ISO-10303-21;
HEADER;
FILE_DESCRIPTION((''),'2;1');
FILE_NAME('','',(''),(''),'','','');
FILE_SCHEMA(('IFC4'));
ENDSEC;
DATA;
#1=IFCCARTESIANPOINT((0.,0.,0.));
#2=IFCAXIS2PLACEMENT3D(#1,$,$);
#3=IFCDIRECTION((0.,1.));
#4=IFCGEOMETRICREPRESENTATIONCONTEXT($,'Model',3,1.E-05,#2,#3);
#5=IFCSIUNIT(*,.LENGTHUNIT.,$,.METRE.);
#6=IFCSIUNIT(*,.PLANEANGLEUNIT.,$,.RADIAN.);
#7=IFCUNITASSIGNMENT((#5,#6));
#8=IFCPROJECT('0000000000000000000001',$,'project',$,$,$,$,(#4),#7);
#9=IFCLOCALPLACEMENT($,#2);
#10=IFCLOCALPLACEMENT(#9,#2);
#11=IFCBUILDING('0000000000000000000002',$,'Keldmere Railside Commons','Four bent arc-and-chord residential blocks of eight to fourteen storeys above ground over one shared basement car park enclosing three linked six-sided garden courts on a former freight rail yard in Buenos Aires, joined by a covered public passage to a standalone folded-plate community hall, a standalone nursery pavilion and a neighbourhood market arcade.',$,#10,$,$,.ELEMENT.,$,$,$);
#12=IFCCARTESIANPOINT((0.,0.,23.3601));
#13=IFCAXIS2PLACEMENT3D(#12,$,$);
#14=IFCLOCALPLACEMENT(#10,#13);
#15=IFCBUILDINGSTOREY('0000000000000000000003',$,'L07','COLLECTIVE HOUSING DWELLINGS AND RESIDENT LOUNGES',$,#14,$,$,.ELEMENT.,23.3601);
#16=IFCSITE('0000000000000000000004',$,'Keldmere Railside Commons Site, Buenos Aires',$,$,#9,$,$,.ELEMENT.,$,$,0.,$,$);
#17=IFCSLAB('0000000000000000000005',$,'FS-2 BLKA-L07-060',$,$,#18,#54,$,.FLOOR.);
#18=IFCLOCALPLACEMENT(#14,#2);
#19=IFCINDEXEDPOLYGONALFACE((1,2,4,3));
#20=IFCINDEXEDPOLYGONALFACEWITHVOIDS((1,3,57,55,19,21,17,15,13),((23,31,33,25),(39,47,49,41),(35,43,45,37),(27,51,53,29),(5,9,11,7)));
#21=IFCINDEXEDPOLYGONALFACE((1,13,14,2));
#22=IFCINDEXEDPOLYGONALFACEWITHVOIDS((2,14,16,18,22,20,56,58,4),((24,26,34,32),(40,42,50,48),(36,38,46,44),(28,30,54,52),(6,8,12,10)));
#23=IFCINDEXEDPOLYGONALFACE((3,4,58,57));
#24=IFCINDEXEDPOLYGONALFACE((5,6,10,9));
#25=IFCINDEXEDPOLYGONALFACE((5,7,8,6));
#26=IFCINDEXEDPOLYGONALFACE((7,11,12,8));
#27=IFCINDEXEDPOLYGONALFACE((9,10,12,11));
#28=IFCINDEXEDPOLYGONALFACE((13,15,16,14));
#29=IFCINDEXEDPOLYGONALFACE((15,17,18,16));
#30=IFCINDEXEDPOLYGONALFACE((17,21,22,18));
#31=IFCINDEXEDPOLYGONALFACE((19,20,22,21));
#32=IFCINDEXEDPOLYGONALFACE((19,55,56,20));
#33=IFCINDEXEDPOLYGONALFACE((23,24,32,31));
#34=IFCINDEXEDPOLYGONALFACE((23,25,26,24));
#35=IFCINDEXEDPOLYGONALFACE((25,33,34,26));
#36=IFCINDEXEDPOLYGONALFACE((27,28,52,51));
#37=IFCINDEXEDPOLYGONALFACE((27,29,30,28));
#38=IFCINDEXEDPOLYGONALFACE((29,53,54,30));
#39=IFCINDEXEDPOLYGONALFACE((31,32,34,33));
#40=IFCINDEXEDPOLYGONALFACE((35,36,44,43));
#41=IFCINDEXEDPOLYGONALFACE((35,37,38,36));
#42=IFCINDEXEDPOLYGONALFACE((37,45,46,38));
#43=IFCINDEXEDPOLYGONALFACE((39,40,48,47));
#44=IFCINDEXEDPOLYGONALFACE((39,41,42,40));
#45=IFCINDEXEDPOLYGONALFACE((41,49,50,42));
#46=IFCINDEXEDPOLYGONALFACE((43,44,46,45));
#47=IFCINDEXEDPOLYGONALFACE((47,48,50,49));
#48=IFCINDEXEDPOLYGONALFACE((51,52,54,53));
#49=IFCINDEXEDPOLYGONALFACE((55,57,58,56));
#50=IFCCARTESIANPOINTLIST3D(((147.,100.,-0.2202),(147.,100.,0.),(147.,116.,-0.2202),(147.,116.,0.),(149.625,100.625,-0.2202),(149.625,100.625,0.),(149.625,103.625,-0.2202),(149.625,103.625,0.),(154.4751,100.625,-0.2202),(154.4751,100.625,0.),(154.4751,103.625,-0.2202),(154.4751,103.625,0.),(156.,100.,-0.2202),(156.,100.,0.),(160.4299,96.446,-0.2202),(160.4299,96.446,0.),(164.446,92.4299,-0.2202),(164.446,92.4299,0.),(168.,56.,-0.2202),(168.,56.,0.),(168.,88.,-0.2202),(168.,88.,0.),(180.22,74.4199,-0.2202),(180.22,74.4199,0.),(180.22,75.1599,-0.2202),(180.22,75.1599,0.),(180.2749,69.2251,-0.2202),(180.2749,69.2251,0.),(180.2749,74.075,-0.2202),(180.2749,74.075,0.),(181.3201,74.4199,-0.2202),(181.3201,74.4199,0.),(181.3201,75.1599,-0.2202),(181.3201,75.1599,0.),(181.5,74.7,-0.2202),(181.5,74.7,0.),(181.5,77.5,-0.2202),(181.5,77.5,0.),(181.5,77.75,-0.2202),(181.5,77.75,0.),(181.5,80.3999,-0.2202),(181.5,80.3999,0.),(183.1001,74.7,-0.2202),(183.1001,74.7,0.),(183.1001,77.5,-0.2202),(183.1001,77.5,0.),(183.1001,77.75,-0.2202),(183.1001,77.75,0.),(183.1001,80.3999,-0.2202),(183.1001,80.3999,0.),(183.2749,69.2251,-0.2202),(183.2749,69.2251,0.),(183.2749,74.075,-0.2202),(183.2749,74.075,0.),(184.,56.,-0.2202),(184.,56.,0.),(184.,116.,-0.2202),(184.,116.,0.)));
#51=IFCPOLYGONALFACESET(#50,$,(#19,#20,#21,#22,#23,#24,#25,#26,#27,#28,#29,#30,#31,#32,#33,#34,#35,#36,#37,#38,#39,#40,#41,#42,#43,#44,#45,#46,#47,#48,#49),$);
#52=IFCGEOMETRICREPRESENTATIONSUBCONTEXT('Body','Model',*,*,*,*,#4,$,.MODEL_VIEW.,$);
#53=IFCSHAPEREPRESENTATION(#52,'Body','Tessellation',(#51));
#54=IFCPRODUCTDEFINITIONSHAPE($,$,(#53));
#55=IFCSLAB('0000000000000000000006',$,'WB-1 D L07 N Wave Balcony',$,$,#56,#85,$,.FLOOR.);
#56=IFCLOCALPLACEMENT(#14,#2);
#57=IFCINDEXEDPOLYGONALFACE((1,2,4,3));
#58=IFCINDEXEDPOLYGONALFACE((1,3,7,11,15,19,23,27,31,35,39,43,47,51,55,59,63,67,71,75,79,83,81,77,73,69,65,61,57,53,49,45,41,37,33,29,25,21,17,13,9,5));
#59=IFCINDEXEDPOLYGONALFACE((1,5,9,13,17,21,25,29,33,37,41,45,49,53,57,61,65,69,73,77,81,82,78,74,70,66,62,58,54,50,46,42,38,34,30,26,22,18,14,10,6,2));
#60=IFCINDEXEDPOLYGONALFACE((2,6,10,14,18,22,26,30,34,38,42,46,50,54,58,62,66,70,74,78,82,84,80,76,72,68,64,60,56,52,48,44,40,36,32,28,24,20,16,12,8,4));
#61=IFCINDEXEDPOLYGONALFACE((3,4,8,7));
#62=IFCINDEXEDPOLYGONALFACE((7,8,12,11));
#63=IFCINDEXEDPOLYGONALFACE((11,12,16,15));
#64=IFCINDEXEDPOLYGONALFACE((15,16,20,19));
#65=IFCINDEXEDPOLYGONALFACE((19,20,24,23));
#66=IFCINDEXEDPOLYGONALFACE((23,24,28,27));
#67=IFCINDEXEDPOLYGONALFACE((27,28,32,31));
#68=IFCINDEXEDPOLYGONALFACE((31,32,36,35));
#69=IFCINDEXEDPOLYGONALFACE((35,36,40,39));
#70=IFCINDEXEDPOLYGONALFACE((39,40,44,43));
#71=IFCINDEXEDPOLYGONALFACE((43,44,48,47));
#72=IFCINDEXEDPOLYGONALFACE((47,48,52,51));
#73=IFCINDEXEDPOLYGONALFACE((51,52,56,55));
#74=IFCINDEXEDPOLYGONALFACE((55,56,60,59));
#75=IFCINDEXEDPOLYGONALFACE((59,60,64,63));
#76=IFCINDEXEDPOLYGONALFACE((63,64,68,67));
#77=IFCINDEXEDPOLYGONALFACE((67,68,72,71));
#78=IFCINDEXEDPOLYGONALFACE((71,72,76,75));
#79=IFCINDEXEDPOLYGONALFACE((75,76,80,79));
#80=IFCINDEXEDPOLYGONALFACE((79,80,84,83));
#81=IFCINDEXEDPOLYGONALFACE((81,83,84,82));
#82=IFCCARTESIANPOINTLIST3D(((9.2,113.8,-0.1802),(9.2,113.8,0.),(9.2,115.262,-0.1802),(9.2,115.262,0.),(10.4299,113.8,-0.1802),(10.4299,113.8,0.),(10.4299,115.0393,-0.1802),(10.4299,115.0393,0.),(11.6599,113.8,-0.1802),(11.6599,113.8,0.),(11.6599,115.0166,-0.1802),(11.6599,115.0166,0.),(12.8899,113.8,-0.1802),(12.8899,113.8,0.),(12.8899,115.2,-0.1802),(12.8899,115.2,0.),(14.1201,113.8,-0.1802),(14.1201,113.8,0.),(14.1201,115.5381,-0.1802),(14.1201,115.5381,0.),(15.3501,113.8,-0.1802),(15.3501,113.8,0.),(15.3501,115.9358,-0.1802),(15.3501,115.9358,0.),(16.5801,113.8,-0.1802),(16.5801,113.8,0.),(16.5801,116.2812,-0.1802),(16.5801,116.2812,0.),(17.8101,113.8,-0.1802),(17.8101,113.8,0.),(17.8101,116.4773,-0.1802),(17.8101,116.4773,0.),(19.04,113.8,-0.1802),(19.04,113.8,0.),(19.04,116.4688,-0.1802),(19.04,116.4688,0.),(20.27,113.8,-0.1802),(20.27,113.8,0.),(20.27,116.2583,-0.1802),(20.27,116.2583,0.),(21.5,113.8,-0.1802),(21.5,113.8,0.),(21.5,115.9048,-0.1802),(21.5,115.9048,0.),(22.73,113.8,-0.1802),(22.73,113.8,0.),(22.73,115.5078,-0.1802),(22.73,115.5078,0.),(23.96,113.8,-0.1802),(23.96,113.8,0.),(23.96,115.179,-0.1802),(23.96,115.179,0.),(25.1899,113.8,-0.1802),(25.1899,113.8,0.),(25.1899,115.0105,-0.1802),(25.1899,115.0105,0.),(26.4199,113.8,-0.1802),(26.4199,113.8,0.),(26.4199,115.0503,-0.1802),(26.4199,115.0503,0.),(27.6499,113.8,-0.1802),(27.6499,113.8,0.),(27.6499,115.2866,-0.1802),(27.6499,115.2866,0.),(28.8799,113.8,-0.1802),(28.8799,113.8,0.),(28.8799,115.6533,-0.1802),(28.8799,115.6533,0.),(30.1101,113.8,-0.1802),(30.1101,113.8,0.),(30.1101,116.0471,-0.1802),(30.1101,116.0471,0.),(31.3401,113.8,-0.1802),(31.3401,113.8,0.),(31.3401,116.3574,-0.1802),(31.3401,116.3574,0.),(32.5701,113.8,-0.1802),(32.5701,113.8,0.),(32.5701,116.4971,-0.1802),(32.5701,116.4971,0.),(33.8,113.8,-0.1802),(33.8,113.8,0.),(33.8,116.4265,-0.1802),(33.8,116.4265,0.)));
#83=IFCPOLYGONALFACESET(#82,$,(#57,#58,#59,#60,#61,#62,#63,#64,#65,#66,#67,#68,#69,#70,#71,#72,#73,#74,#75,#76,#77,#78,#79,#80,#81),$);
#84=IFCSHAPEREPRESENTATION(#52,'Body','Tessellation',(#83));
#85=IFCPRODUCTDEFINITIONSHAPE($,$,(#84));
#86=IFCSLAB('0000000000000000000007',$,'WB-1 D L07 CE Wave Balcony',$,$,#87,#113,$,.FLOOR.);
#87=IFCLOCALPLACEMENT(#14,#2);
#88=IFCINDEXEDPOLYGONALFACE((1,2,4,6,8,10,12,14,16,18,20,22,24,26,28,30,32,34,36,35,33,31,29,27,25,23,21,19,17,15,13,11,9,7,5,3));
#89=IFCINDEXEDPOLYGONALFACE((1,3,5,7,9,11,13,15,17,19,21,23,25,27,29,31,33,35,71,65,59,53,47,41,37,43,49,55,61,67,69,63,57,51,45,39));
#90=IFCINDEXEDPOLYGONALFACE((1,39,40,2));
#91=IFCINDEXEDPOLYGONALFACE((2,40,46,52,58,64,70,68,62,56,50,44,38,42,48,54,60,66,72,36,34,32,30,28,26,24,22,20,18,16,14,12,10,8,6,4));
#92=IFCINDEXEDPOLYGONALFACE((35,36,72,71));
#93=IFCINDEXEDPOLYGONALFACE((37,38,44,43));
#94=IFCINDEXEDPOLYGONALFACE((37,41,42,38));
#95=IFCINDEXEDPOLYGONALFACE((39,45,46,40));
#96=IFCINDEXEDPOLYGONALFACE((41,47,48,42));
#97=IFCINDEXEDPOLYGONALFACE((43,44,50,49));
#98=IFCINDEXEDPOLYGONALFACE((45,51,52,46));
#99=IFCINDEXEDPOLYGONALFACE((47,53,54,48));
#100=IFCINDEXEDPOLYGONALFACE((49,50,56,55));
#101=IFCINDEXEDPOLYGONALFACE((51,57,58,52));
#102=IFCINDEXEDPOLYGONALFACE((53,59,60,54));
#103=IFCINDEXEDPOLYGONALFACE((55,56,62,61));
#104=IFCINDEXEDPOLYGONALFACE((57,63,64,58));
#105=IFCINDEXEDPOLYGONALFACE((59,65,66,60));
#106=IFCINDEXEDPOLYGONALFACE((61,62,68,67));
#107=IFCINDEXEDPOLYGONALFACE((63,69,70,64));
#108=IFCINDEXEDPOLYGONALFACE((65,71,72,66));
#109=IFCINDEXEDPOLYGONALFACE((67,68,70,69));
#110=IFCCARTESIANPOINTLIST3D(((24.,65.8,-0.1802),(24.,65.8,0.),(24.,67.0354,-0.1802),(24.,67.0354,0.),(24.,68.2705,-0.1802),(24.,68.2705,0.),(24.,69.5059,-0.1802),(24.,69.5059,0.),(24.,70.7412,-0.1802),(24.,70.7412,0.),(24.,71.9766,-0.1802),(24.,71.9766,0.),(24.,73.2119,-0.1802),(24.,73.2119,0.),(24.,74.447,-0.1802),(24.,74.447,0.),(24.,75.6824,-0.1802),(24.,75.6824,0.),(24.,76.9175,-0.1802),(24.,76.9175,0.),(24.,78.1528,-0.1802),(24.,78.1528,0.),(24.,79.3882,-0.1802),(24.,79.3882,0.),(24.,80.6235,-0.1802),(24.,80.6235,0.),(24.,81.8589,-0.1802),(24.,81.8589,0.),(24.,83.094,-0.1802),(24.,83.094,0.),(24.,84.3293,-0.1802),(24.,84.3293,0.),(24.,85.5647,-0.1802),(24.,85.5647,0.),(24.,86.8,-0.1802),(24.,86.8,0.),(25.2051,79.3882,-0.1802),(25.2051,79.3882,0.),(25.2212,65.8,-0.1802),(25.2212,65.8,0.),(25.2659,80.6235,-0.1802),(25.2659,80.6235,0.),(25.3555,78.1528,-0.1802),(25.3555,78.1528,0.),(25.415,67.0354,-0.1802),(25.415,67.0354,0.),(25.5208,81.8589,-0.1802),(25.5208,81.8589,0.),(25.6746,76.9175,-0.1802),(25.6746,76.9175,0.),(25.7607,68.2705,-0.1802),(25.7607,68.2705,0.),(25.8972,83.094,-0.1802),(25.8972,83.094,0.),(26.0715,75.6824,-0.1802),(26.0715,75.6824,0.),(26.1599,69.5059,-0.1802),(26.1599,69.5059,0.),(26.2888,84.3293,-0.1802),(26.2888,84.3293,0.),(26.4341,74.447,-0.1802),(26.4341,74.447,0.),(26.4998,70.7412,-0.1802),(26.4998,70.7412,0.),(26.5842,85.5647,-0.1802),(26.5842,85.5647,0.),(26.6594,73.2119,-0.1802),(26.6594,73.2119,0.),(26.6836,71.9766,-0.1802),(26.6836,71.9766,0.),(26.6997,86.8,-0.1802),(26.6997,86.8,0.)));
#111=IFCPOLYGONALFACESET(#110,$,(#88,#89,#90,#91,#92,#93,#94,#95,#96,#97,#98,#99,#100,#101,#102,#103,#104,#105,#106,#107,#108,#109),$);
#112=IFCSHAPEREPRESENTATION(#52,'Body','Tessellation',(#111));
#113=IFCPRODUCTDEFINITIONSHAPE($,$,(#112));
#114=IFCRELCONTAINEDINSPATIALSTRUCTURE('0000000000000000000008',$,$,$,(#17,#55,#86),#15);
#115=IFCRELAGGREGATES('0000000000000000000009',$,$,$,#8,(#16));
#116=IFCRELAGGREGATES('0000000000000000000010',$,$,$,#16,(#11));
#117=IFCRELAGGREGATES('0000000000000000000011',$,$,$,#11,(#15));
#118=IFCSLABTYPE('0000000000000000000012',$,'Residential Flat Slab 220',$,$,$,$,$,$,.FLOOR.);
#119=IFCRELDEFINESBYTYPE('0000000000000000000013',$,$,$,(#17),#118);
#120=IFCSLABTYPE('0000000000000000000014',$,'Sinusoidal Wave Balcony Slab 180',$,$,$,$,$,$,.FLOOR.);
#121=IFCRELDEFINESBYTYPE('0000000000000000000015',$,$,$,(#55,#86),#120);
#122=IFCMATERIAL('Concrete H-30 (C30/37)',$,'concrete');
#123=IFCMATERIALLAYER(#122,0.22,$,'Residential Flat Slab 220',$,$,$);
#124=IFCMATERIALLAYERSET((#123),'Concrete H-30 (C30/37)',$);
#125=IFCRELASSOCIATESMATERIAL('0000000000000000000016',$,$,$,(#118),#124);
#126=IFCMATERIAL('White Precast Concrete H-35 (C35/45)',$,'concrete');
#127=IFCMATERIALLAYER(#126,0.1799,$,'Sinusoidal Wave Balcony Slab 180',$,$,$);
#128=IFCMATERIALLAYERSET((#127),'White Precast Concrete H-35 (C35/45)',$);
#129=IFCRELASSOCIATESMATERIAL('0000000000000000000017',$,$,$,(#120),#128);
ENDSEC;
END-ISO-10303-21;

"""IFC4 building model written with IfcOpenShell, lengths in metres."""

from ifc_helpers import new_model, si_unit, direction, frame, origin, place, context, subcontext, project, spatial, polyline, outline, extrude, material, layer, layer_set, type_object, element, save


model = new_model("IFC4")

# Units and contexts
model_context = context("Model", 3, precision=1e-05, world=origin(), true_north=direction((0.0, 1.0)))
body_context = subcontext(model_context, "Body", "Model", "MODEL_VIEW")
ifc_project = project(units=[si_unit("LENGTHUNIT", "METRE"), si_unit("PLANEANGLEUNIT", "RADIAN")], contexts=[model_context])

# Site, building, storey
site_placement = place(None, origin())
site = spatial("IfcSite", under=ifc_project, at=site_placement, Name="Keldmere Railside Commons Site, Buenos Aires", CompositionType="ELEMENT", RefElevation=0.0)
building_placement = place(site_placement, origin())
building = spatial("IfcBuilding", under=site, at=building_placement, Name="Keldmere Railside Commons", Description="Four bent arc-and-chord residential blocks of eight to fourteen storeys above ground over one shared basement car park enclosing three linked six-sided garden courts on a former freight rail yard in Buenos Aires, joined by a covered public passage to a standalone folded-plate community hall, a standalone nursery pavilion and a neighbourhood market arcade.", CompositionType="ELEMENT")
storey_placement = place(building_placement, frame((0.0, 0.0, 23.3601)))
storey = spatial("IfcBuildingStorey", under=building, at=storey_placement, Name="L07", Description="COLLECTIVE HOUSING DWELLINGS AND RESIDENT LOUNGES", CompositionType="ELEMENT", Elevation=23.3601)

# Slabs
ifc_material_1 = material(Name="Concrete H-30 (C30/37)", Category="concrete")
ifc_layer_1 = layer(ifc_material_1, 0.22, Name="Residential Flat Slab 220")
ifc_layer_set_1 = layer_set([ifc_layer_1], Name="Concrete H-30 (C30/37)")
slab_type_1 = type_object("IfcSlabType", Name="Residential Flat Slab 220", PredefinedType="FLOOR", material=ifc_layer_set_1)
slab_1_placement = place(storey_placement, frame((0.0, 0.0, -0.2202)))
element("IfcSlab", 1, at=slab_1_placement, inside=storey, type_object=slab_type_1, Name="FS-2 BLKA-L07-060", PredefinedType="FLOOR", context=body_context, shape_type="SweptSolid", body=[
    extrude(outline(polyline([(168.0, 56.0), (184.0, 56.0), (184.0, 116.0), (147.0, 116.0), (147.0, 100.0), (156.0, 100.0), (160.4299, 96.446), (164.446, 92.4299), (168.0, 88.0), (168.0, 56.0)]), holes=[polyline([(183.2749, 69.2251), (180.2749, 69.2251), (180.2749, 74.075), (183.2749, 74.075), (183.2749, 69.2251)]), polyline([(180.22, 74.4199), (180.22, 75.1599), (181.3201, 75.1599), (181.3201, 74.4199), (180.22, 74.4199)]), polyline([(183.1001, 74.7), (181.5, 74.7), (181.5, 77.5), (183.1001, 77.5), (183.1001, 74.7)]), polyline([(183.1001, 77.75), (181.5, 77.75), (181.5, 80.3999), (183.1001, 80.3999), (183.1001, 77.75)]), polyline([(149.625, 103.625), (154.4751, 103.625), (154.4751, 100.625), (149.625, 100.625), (149.625, 103.625)])]), origin(), (0.0, 0.0, 1.0), 0.2202),
])
ifc_material_2 = material(Name="White Precast Concrete H-35 (C35/45)", Category="concrete")
ifc_layer_2 = layer(ifc_material_2, 0.1799, Name="Sinusoidal Wave Balcony Slab 180")
ifc_layer_set_2 = layer_set([ifc_layer_2], Name="White Precast Concrete H-35 (C35/45)")
slab_type_2 = type_object("IfcSlabType", Name="Sinusoidal Wave Balcony Slab 180", PredefinedType="FLOOR", material=ifc_layer_set_2)
slab_2_placement = place(storey_placement, frame((0.0, 0.0, -0.1802)))
element("IfcSlab", 2, at=slab_2_placement, inside=storey, type_object=slab_type_2, Name="WB-1 D L07 N Wave Balcony", PredefinedType="FLOOR", context=body_context, shape_type="SweptSolid", body=[
    extrude(outline(polyline([(9.2, 113.8), (10.4299, 113.8), (11.6599, 113.8), (12.8899, 113.8), (14.1201, 113.8), (15.3501, 113.8), (16.5801, 113.8), (17.8101, 113.8), (19.04, 113.8), (20.27, 113.8), (21.5, 113.8), (22.73, 113.8), (23.96, 113.8), (25.1899, 113.8), (26.4199, 113.8), (27.6499, 113.8), (28.8799, 113.8), (30.1101, 113.8), (31.3401, 113.8), (32.5701, 113.8), (33.8, 113.8), (33.8, 116.4265), (32.5701, 116.4971), (31.3401, 116.3574), (30.1101, 116.0471), (28.8799, 115.6533), (27.6499, 115.2866), (26.4199, 115.0503), (25.1899, 115.0105), (23.96, 115.179), (22.73, 115.5078), (21.5, 115.9048), (20.27, 116.2583), (19.04, 116.4688), (17.8101, 116.4773), (16.5801, 116.2812), (15.3501, 115.9358), (14.1201, 115.5381), (12.8899, 115.2), (11.6599, 115.0166), (10.4299, 115.0393), (9.2, 115.262), (9.2, 113.8)])), origin(), (0.0, 0.0, 1.0), 0.1802),
])
slab_3_placement = place(storey_placement, frame((0.0, 0.0, -0.1802)))
element("IfcSlab", 3, at=slab_3_placement, inside=storey, type_object=slab_type_2, Name="WB-1 D L07 CE Wave Balcony", PredefinedType="FLOOR", context=body_context, shape_type="SweptSolid", body=[
    extrude(outline(polyline([(25.2212, 65.8), (25.415, 67.0354), (25.7607, 68.2705), (26.1599, 69.5059), (26.4998, 70.7412), (26.6836, 71.9766), (26.6594, 73.2119), (26.4341, 74.447), (26.0715, 75.6824), (25.6746, 76.9175), (25.3555, 78.1528), (25.2051, 79.3882), (25.2659, 80.6235), (25.5208, 81.8589), (25.8972, 83.094), (26.2888, 84.3293), (26.5842, 85.5647), (26.6997, 86.8), (24.0, 86.8), (24.0, 85.5647), (24.0, 84.3293), (24.0, 83.094), (24.0, 81.8589), (24.0, 80.6235), (24.0, 79.3882), (24.0, 78.1528), (24.0, 76.9175), (24.0, 75.6824), (24.0, 74.447), (24.0, 73.2119), (24.0, 71.9766), (24.0, 70.7412), (24.0, 69.5059), (24.0, 68.2705), (24.0, 67.0354), (24.0, 65.8), (25.2212, 65.8)])), origin(), (0.0, 0.0, 1.0), 0.1802),
])

save(model, "model.ifc")
